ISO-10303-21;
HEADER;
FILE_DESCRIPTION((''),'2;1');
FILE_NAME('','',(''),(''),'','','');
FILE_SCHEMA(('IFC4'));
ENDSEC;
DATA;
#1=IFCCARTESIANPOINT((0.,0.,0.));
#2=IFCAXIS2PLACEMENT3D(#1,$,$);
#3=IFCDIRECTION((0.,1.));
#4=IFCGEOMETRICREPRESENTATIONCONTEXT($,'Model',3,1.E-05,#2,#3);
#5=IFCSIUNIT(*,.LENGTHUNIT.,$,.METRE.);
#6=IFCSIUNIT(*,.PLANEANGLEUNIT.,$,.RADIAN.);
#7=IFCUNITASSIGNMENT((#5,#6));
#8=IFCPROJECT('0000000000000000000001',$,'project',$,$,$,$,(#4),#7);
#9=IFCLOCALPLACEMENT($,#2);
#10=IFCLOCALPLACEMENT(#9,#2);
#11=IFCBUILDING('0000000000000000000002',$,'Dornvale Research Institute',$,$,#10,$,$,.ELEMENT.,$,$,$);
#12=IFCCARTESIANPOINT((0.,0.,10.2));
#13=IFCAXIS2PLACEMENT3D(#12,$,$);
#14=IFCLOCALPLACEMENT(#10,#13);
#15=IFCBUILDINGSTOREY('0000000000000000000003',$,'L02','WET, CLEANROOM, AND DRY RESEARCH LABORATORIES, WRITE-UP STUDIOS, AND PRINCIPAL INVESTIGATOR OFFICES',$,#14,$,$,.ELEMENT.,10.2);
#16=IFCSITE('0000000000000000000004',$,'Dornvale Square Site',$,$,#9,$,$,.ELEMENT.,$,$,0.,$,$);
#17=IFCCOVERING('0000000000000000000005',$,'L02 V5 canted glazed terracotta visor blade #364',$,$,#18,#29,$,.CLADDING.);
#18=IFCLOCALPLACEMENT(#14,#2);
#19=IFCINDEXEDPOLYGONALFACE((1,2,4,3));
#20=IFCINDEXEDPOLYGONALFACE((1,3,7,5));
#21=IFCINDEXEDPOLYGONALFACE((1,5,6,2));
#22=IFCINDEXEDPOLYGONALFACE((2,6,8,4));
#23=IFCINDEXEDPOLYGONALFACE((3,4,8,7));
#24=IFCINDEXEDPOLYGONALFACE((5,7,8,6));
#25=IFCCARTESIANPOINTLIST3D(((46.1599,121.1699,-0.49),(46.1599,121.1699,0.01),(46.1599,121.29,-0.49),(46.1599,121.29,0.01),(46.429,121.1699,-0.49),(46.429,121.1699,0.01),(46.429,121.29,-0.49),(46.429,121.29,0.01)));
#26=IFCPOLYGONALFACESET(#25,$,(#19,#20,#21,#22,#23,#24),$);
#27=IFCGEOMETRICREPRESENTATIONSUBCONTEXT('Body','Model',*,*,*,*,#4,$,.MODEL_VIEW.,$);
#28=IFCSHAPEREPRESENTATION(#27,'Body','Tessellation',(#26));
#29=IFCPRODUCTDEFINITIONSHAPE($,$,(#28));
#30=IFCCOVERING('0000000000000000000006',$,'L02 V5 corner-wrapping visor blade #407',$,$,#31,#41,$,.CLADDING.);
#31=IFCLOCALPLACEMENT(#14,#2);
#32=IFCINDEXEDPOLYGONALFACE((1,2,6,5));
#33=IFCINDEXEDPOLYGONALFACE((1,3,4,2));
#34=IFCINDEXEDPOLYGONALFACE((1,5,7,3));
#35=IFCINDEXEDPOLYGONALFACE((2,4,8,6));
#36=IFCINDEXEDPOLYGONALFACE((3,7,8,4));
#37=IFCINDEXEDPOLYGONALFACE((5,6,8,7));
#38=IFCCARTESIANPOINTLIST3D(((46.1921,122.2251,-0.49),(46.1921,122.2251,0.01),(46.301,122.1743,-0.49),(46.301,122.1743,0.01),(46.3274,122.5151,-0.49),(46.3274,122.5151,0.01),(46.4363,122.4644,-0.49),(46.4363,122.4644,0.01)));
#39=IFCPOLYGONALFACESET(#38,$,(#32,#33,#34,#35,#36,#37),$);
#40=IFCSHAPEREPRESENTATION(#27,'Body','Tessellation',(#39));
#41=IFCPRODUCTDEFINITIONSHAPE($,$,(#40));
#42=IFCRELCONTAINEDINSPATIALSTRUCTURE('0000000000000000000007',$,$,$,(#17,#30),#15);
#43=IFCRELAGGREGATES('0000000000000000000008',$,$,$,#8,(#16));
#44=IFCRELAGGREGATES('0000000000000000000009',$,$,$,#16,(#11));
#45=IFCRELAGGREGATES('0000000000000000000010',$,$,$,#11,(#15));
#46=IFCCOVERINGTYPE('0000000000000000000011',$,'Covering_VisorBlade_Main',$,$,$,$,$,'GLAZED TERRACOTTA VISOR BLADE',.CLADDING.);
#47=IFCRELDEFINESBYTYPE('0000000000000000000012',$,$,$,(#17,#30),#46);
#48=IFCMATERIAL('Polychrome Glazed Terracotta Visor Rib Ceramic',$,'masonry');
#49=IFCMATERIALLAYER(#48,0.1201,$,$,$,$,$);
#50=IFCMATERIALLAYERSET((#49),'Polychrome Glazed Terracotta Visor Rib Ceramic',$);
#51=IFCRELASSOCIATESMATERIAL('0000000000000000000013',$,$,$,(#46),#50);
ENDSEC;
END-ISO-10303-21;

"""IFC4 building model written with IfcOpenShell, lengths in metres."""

from ifc_helpers import new_model, si_unit, direction, frame, origin, origin_2d, place, context, subcontext, project, spatial, rectangle, extrude, material, layer, layer_set, type_object, element, save


model = new_model("IFC4")

# Units and contexts
model_context = context("Model", 3, precision=1e-05, world=origin(), true_north=direction((0.0, 1.0)))
body_context = subcontext(model_context, "Body", "Model", "MODEL_VIEW")
ifc_project = project(units=[si_unit("LENGTHUNIT", "METRE"), si_unit("PLANEANGLEUNIT", "RADIAN")], contexts=[model_context])

# Site, building, storey
site_placement = place(None, origin())
site = spatial("IfcSite", under=ifc_project, at=site_placement, Name="Dornvale Square Site", CompositionType="ELEMENT", RefElevation=0.0)
building_placement = place(site_placement, origin())
building = spatial("IfcBuilding", under=site, at=building_placement, Name="Dornvale Research Institute", CompositionType="ELEMENT")
storey_placement = place(building_placement, frame((0.0, 0.0, 10.2)))
storey = spatial("IfcBuildingStorey", under=building, at=storey_placement, Name="L02", Description="WET, CLEANROOM, AND DRY RESEARCH LABORATORIES, WRITE-UP STUDIOS, AND PRINCIPAL INVESTIGATOR OFFICES", CompositionType="ELEMENT", Elevation=10.2)

# Coverings
ifc_material_1 = material(Name="Polychrome Glazed Terracotta Visor Rib Ceramic", Category="masonry")
ifc_layer_1 = layer(ifc_material_1, 0.1201)
ifc_layer_set_1 = layer_set([ifc_layer_1], Name="Polychrome Glazed Terracotta Visor Rib Ceramic")
covering_type = type_object("IfcCoveringType", Name="Covering_VisorBlade_Main", ElementType="GLAZED TERRACOTTA VISOR BLADE", PredefinedType="CLADDING", material=ifc_layer_set_1)
covering_1_placement = place(storey_placement, frame((46.2944, 121.23, -0.49), z_axis=(0.0, 0.0, 1.0), x_axis=(1.0, 0.0, 0.0)))
element("IfcCovering", 1, at=covering_1_placement, inside=storey, type_object=covering_type, Name="L02 V5 canted glazed terracotta visor blade #364", PredefinedType="CLADDING", context=body_context, shape_type="SweptSolid", body=[
    extrude(rectangle(XDim=0.269, YDim=0.1201, at=origin_2d()), origin(), (0.0, 0.0, 1.0), 0.5),
])
covering_2_placement = place(storey_placement, frame((46.3142, 122.3447, -0.49), z_axis=(0.0, 0.0, 1.0), x_axis=(0.422618, 0.906308, 0.0)))
element("IfcCovering", 2, at=covering_2_placement, inside=storey, type_object=covering_type, Name="L02 V5 corner-wrapping visor blade #407", PredefinedType="CLADDING", context=body_context, shape_type="SweptSolid", body=[
    extrude(rectangle(XDim=0.3201, YDim=0.1201, at=origin_2d()), origin(), (0.0, 0.0, 1.0), 0.5),
])

save(model, "model.ifc")
